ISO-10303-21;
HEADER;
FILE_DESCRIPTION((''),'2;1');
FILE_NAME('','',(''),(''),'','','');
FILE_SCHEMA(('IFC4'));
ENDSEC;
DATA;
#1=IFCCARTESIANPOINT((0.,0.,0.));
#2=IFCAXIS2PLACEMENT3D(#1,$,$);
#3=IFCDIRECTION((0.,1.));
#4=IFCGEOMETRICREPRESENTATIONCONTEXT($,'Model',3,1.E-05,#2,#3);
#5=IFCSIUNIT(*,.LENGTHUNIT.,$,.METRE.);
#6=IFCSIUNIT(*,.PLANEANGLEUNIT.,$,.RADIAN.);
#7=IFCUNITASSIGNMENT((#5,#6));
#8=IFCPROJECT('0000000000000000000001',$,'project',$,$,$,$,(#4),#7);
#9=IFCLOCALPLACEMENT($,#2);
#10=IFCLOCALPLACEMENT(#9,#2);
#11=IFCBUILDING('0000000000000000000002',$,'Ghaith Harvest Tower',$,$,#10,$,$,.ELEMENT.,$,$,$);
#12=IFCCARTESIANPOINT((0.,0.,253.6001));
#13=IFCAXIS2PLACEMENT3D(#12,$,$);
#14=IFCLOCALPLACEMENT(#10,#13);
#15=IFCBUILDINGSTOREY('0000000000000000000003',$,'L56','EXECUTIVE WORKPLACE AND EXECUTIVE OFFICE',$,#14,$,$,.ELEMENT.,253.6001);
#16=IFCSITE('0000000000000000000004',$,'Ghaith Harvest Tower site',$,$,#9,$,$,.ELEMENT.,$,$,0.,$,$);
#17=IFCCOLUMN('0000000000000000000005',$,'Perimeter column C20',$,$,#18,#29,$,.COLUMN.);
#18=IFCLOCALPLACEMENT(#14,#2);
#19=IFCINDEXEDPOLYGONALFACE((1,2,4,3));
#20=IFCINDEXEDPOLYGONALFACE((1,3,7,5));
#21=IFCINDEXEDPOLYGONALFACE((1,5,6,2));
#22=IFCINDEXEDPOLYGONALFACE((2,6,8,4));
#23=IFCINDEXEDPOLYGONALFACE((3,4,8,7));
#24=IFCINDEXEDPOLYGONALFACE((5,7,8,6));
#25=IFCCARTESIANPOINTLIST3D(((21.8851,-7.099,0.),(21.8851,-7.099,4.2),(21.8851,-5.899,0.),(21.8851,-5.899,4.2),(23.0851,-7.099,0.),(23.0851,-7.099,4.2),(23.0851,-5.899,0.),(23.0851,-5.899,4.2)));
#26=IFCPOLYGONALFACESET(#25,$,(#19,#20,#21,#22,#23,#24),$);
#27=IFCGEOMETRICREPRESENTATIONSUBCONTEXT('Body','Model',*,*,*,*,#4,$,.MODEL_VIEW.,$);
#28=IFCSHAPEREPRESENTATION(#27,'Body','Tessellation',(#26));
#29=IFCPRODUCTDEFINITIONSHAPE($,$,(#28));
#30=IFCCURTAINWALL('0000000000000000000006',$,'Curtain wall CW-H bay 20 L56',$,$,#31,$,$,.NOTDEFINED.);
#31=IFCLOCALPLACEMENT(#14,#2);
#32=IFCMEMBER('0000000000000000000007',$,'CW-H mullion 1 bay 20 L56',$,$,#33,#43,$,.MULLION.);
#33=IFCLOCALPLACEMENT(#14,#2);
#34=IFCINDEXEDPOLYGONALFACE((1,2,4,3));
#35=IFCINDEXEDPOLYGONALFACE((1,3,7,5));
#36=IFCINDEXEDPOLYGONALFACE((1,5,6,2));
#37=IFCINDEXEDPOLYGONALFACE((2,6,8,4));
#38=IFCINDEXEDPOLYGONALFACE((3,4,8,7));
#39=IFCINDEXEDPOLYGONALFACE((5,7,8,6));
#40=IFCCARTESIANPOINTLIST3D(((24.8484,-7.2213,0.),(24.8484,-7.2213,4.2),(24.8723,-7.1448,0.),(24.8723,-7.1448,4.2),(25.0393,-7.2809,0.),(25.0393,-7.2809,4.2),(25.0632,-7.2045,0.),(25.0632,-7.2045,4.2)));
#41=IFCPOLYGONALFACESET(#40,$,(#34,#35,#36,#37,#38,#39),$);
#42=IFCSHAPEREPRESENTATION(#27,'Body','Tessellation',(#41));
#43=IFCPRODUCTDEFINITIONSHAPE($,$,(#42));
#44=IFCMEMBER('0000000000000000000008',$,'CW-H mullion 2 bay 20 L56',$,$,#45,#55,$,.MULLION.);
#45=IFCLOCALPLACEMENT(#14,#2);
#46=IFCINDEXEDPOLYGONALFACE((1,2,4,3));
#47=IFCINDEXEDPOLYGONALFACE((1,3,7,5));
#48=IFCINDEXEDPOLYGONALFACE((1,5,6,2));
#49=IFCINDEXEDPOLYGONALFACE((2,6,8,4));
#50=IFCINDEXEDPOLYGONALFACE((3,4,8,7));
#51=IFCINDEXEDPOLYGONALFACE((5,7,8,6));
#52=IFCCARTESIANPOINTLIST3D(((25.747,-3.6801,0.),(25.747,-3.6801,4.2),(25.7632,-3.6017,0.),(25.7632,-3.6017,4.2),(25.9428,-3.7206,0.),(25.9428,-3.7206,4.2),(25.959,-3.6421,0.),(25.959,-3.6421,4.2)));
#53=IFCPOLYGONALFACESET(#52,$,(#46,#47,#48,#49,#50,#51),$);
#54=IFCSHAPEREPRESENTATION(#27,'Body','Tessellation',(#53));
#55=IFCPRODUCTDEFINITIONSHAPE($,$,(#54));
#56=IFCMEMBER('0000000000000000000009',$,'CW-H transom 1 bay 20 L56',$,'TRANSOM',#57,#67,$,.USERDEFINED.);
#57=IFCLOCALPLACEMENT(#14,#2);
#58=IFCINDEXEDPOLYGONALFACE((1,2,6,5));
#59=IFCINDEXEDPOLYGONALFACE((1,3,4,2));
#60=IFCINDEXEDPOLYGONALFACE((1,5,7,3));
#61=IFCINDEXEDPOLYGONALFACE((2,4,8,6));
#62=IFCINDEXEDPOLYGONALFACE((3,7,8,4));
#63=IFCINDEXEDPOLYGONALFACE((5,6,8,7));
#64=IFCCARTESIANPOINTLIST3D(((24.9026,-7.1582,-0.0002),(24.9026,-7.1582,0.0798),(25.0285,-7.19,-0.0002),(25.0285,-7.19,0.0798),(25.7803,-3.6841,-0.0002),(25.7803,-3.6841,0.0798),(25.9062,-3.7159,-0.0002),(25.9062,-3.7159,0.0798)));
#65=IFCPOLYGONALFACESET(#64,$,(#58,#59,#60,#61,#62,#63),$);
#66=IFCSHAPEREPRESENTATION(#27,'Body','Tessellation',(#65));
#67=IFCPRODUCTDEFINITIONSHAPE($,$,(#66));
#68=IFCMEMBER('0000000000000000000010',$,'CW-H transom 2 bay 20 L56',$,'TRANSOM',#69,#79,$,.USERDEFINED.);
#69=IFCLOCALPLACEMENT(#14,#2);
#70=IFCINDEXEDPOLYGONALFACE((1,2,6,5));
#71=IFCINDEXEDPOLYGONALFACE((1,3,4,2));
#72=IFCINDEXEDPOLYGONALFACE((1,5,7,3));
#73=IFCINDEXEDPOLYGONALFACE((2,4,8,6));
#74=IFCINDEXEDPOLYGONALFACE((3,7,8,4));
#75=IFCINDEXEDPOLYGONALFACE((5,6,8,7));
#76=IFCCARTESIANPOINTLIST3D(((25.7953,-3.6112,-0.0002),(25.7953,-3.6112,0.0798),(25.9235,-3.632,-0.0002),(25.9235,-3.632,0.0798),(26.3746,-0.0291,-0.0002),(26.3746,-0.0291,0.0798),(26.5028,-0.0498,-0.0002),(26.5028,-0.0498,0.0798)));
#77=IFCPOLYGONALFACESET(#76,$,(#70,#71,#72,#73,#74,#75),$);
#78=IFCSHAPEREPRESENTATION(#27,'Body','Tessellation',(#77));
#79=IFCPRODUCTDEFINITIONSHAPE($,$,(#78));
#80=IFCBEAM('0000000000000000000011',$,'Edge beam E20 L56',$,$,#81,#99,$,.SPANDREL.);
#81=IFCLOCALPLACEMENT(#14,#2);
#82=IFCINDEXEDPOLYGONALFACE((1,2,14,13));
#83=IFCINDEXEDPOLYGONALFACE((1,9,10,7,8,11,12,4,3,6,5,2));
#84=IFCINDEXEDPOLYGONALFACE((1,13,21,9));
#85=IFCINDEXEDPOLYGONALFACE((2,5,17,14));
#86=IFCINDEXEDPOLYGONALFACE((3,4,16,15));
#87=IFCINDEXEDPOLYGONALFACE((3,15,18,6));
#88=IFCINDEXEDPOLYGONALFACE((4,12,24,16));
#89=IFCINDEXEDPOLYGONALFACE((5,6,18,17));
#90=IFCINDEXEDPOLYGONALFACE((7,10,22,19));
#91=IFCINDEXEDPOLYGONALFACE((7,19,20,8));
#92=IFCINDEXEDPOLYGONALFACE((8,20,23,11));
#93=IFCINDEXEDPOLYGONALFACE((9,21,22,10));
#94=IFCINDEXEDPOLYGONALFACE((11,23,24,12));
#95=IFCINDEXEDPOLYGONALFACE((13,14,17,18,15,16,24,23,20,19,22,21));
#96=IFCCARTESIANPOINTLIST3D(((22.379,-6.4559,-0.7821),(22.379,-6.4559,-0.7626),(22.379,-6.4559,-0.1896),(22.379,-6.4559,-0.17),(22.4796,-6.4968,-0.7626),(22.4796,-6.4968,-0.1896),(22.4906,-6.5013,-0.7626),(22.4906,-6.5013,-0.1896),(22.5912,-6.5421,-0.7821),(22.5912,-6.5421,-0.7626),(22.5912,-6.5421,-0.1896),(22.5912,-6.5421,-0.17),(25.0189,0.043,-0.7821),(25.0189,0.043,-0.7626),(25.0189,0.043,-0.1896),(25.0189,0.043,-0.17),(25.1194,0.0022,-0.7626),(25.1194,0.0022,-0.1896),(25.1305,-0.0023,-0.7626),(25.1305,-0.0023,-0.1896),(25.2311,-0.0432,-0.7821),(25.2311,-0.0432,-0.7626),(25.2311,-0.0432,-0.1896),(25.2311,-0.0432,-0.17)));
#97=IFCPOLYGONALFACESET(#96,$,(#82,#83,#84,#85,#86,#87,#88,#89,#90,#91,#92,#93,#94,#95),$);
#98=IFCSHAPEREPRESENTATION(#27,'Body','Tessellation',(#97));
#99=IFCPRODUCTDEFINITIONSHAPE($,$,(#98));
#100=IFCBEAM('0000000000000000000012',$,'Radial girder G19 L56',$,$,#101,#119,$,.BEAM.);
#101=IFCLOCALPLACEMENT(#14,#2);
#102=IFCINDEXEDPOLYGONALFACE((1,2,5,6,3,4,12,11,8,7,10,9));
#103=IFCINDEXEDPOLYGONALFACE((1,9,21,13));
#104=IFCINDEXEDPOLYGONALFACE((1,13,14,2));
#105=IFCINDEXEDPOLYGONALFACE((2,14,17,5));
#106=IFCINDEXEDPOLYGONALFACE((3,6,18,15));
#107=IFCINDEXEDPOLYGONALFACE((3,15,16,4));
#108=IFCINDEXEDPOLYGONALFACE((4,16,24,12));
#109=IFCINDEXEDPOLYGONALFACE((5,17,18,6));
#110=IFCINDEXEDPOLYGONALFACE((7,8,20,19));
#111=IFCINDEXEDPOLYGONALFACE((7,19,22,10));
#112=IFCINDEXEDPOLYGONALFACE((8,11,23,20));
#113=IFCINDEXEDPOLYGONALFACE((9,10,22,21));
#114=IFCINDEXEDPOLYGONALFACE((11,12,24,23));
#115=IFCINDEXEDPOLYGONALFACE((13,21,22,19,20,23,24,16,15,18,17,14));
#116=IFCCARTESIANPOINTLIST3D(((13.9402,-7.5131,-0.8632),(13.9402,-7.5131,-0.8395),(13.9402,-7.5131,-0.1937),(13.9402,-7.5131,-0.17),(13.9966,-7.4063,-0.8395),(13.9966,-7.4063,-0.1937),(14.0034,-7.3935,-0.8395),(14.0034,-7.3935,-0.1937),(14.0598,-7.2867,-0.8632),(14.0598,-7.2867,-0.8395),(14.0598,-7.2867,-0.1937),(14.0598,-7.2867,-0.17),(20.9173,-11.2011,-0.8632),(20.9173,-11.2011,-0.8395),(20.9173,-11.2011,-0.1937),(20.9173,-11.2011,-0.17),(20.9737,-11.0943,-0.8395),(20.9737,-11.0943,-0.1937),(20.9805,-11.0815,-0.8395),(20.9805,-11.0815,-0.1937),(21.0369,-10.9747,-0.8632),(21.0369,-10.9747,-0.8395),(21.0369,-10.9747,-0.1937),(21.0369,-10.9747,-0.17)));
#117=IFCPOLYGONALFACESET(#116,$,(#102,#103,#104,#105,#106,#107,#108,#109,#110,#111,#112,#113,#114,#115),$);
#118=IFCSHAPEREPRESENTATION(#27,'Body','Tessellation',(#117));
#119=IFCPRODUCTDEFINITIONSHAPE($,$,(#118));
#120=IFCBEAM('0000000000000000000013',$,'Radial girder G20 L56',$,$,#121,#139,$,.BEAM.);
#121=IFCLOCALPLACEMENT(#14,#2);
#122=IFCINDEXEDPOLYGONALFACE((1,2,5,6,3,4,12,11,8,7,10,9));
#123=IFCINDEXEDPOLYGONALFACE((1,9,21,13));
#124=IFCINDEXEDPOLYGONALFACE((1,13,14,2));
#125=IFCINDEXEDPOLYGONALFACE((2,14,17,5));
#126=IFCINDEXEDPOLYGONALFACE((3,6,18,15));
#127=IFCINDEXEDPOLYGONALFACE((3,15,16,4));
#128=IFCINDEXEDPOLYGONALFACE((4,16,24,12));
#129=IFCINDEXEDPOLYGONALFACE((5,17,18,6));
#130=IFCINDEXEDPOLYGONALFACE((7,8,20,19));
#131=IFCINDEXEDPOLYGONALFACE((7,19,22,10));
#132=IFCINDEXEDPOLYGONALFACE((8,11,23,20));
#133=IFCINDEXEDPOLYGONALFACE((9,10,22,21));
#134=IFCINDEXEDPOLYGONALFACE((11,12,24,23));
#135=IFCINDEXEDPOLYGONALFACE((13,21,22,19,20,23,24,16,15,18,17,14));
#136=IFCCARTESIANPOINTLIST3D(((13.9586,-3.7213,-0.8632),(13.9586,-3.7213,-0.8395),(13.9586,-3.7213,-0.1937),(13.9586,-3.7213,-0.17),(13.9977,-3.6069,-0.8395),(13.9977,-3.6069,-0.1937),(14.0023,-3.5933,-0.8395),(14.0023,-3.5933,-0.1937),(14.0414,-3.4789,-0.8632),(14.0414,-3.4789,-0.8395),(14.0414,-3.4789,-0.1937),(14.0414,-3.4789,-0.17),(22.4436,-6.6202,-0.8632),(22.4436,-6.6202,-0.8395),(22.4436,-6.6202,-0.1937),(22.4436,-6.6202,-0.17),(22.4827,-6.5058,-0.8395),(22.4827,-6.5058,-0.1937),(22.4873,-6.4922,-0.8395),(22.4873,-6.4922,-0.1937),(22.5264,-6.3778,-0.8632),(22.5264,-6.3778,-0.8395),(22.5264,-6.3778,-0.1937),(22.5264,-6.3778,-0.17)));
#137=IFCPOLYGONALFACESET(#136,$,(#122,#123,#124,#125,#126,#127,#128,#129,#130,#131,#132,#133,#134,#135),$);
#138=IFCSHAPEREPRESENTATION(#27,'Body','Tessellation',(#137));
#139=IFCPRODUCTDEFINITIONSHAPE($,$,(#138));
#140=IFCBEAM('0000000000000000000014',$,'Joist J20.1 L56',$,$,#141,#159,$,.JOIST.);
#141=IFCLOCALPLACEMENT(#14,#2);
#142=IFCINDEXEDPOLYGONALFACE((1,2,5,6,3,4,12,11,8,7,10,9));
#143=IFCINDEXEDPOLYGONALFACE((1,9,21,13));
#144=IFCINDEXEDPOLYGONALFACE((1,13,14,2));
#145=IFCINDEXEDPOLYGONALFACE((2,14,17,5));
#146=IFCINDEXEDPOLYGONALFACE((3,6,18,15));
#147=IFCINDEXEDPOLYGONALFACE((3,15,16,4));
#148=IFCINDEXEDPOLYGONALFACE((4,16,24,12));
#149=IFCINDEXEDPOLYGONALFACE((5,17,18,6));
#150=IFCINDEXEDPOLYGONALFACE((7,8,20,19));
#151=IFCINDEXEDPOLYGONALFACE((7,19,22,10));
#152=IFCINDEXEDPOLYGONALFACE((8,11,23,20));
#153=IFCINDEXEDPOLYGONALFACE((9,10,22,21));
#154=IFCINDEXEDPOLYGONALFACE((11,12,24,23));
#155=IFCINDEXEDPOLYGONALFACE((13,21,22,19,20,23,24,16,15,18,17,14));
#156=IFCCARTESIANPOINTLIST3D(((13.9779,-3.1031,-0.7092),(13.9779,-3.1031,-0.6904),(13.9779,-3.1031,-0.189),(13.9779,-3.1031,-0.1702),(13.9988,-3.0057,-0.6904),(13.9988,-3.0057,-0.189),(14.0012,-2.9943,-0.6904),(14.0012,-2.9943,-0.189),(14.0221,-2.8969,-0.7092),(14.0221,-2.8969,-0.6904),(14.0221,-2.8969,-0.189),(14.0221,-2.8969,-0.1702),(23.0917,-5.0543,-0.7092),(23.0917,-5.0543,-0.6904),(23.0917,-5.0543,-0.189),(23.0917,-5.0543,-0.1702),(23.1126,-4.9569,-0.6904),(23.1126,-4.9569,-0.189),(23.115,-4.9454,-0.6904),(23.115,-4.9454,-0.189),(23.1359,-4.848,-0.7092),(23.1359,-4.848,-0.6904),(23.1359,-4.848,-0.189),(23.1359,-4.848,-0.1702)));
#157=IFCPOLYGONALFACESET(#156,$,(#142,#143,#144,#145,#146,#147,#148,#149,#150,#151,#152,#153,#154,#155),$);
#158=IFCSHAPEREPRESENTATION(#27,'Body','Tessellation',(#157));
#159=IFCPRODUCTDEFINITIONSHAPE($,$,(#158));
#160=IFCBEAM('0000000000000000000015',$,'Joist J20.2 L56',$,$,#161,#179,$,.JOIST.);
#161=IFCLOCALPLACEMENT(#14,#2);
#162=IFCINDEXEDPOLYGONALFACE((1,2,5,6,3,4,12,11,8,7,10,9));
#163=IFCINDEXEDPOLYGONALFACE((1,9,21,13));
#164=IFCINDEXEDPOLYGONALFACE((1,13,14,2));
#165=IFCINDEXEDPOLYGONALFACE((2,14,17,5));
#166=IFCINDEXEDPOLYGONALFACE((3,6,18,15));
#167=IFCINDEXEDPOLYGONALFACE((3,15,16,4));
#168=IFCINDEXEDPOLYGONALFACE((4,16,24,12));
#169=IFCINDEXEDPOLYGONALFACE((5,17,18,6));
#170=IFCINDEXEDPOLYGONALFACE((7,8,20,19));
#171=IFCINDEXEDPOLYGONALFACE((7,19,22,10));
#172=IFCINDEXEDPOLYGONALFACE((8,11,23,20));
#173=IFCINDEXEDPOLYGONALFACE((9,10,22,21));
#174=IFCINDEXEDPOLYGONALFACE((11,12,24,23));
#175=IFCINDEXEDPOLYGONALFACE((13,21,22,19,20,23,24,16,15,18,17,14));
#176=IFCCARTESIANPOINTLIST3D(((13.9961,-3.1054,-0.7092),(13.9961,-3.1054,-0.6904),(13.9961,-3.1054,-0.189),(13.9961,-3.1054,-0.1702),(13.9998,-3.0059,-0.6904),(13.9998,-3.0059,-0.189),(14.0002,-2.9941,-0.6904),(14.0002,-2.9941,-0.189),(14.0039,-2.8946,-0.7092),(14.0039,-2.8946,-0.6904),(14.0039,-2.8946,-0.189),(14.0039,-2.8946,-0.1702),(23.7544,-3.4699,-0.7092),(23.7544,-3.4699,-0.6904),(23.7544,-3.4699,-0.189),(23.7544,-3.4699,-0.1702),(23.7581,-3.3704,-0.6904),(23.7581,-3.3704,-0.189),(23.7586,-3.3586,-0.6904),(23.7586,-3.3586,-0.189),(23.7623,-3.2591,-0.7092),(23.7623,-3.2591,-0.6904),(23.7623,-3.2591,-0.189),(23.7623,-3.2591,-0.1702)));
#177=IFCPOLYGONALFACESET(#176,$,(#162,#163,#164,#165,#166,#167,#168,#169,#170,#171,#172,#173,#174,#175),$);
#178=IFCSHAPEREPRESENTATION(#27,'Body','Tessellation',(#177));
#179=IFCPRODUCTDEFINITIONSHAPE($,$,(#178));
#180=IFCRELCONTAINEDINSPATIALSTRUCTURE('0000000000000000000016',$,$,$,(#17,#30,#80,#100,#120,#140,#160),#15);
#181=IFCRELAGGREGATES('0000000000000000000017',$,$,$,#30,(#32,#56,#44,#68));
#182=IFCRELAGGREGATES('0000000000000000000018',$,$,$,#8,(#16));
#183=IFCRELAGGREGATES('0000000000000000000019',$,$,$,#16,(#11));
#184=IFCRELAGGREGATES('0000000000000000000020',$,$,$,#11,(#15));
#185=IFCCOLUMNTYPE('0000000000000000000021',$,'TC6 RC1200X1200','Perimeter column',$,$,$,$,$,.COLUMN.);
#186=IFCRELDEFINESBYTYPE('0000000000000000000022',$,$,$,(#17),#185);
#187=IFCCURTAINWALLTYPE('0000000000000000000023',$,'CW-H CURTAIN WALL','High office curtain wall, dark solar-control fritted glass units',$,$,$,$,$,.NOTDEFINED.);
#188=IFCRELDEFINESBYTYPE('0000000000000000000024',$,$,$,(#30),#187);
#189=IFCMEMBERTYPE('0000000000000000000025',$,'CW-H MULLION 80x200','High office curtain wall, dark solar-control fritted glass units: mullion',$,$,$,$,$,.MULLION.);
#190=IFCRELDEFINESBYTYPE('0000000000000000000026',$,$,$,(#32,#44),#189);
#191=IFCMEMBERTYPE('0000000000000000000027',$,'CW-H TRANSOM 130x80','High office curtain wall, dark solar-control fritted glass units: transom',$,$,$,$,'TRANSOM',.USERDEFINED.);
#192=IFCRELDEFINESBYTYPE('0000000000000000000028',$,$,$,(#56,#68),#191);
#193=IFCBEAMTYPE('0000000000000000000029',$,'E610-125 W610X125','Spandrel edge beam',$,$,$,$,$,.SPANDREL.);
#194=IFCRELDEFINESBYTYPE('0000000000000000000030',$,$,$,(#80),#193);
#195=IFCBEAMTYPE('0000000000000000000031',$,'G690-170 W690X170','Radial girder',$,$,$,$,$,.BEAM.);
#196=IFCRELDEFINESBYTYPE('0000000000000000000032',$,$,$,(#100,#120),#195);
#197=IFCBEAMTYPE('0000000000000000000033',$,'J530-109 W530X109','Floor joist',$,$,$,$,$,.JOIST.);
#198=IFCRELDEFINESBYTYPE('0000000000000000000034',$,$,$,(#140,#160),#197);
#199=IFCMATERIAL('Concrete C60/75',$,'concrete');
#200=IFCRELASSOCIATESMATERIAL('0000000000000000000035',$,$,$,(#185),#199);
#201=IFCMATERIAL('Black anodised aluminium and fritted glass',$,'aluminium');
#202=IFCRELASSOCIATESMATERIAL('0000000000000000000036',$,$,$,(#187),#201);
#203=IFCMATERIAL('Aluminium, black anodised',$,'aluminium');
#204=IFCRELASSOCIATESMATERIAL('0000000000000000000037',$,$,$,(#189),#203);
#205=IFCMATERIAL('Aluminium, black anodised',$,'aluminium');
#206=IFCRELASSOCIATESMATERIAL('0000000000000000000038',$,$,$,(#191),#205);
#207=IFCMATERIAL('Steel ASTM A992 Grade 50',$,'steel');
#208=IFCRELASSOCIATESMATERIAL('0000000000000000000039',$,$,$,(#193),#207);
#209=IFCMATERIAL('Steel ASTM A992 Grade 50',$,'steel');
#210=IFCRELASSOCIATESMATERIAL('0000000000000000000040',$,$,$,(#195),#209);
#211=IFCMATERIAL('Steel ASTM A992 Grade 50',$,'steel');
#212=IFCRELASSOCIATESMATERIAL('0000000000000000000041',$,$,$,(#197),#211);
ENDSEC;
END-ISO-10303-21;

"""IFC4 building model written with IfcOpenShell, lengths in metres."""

from ifc_helpers import new_model, si_unit, direction, frame, origin, origin_2d, place, context, subcontext, project, spatial, rectangle, i_section, extrude, material, material_profile, profile_set, type_object, element, aggregate, save


model = new_model("IFC4")

# Units and contexts
model_context = context("Model", 3, precision=1e-05, world=origin(), true_north=direction((0.0, 1.0)))
body_context = subcontext(model_context, "Body", "Model", "MODEL_VIEW")
ifc_project = project(units=[si_unit("LENGTHUNIT", "METRE"), si_unit("PLANEANGLEUNIT", "RADIAN")], contexts=[model_context])

# Site, building, storey
site_placement = place(None, origin())
site = spatial("IfcSite", under=ifc_project, at=site_placement, Name="Ghaith Harvest Tower site", CompositionType="ELEMENT", RefElevation=0.0)
building_placement = place(site_placement, origin())
building = spatial("IfcBuilding", under=site, at=building_placement, Name="Ghaith Harvest Tower", CompositionType="ELEMENT")
storey_placement = place(building_placement, frame((0.0, 0.0, 253.6001)))
storey = spatial("IfcBuildingStorey", under=building, at=storey_placement, Name="L56", Description="EXECUTIVE WORKPLACE AND EXECUTIVE OFFICE", CompositionType="ELEMENT", Elevation=253.6001)

# Column
ifc_material_1 = material(Name="Concrete C60/75", Category="concrete")
ifc_material_profile_1 = material_profile(ifc_material_1, rectangle(XDim=1.2, YDim=1.2, at=origin_2d()), Name="RC1200X1200")
ifc_profile_set_1 = profile_set([ifc_material_profile_1], Name="Concrete C60/75")
column_type = type_object("IfcColumnType", Name="TC6 RC1200X1200", Description="Perimeter column", PredefinedType="COLUMN", material=ifc_profile_set_1)
column_placement = place(storey_placement, frame((22.4851, -6.499, 0.0), z_axis=(0.0, 0.0, 1.0), x_axis=(1.0, 0.0, 0.0)))
element("IfcColumn", 1, at=column_placement, inside=storey, type_object=column_type, Name="Perimeter column C20", PredefinedType="COLUMN", context=body_context, shape_type="SweptSolid", body=[
    extrude(rectangle(XDim=1.2, YDim=1.2, at=origin_2d()), origin(), (0.0, 0.0, 1.0), 4.2),
])

# Curtain wall, members
ifc_material_2 = material(Name="Black anodised aluminium and fritted glass", Category="aluminium")
curtain_wall_type = type_object("IfcCurtainWallType", Name="CW-H CURTAIN WALL", Description="High office curtain wall, dark solar-control fritted glass units", PredefinedType="NOTDEFINED", material=ifc_material_2)
curtain_wall_1_placement = place(storey_placement, origin())
curtain_wall_1 = element("IfcCurtainWall", 2, at=curtain_wall_1_placement, inside=storey, type_object=curtain_wall_type, Name="Curtain wall CW-H bay 20 L56", PredefinedType="NOTDEFINED")
ifc_material_3 = material(Name="Aluminium, black anodised", Category="aluminium")
ifc_material_profile_2 = material_profile(ifc_material_3, rectangle(XDim=0.0801, YDim=0.2, at=origin_2d()), Name="CW-H MULLION 80x200")
ifc_profile_set_2 = profile_set([ifc_material_profile_2], Name="Aluminium, black anodised")
member_type_1 = type_object("IfcMemberType", Name="CW-H MULLION 80x200", Description="High office curtain wall, dark solar-control fritted glass units: mullion", PredefinedType="MULLION", material=ifc_profile_set_2)
member_1_placement = place(storey_placement, frame((24.9558, -7.2129, 0.0), z_axis=(0.0, 0.0, 1.0), x_axis=(0.298442, 0.954428, 0.0)))
member_1 = element("IfcMember", 3, at=member_1_placement, type_object=member_type_1, Name="CW-H mullion 1 bay 20 L56", PredefinedType="MULLION", context=body_context, shape_type="SweptSolid", body=[
    extrude(rectangle(XDim=0.0801, YDim=0.2, at=origin_2d()), origin(), (0.0, 0.0, 1.0), 4.2),
])
member_2_placement = place(storey_placement, frame((25.853, -3.6611, 0.0), z_axis=(0.0, 0.0, 1.0), x_axis=(0.202192, 0.979346, 0.0)))
member_2 = element("IfcMember", 4, at=member_2_placement, type_object=member_type_1, Name="CW-H mullion 2 bay 20 L56", PredefinedType="MULLION", context=body_context, shape_type="SweptSolid", body=[
    extrude(rectangle(XDim=0.0801, YDim=0.2, at=origin_2d()), origin(), (0.0, 0.0, 1.0), 4.2),
])
ifc_material_4 = material(Name="Aluminium, black anodised", Category="aluminium")
ifc_material_profile_3 = material_profile(ifc_material_4, rectangle(XDim=0.1299, YDim=0.0801, at=origin_2d()), Name="CW-H TRANSOM 130x80")
ifc_profile_set_3 = profile_set([ifc_material_profile_3], Name="Aluminium, black anodised")
member_type_2 = type_object("IfcMemberType", Name="CW-H TRANSOM 130x80", Description="High office curtain wall, dark solar-control fritted glass units: transom", ElementType="TRANSOM", PredefinedType="USERDEFINED", material=ifc_profile_set_3)
member_3_placement = place(storey_placement, frame((24.9656, -7.1741, 0.0398), z_axis=(0.24494, 0.969538, 0.0), x_axis=(-0.969538, 0.24494, 0.0)))
member_3 = element("IfcMember", 5, at=member_3_placement, type_object=member_type_2, Name="CW-H transom 1 bay 20 L56", ObjectType="TRANSOM", PredefinedType="USERDEFINED", context=body_context, shape_type="SweptSolid", body=[
    extrude(rectangle(XDim=0.1299, YDim=0.0801, at=origin_2d()), origin(), (0.0, 0.0, 1.0), 3.5833),
])
member_4_placement = place(storey_placement, frame((25.8594, -3.6216, 0.0398), z_axis=(0.159662, 0.987172, 0.0), x_axis=(-0.987172, 0.159662, 0.0)))
member_4 = element("IfcMember", 6, at=member_4_placement, type_object=member_type_2, Name="CW-H transom 2 bay 20 L56", ObjectType="TRANSOM", PredefinedType="USERDEFINED", context=body_context, shape_type="SweptSolid", body=[
    extrude(rectangle(XDim=0.1299, YDim=0.0801, at=origin_2d()), origin(), (0.0, 0.0, 1.0), 3.6287),
])

# Beams
ifc_material_5 = material(Name="Steel ASTM A992 Grade 50", Category="steel")
ifc_material_profile_4 = material_profile(ifc_material_5, i_section(OverallWidth=0.229, OverallDepth=0.6121, WebThickness=0.012, FlangeThickness=0.0195, at=origin_2d()), Name="W610X125")
ifc_profile_set_4 = profile_set([ifc_material_profile_4], Name="Steel ASTM A992 Grade 50")
beam_type_1 = type_object("IfcBeamType", Name="E610-125 W610X125", Description="Spandrel edge beam", PredefinedType="SPANDREL", material=ifc_profile_set_4)
beam_1_placement = place(storey_placement, frame((22.4851, -6.499, -0.4761), z_axis=(0.376336, 0.926483, 0.0), x_axis=(-0.926483, 0.376336, 0.0)))
element("IfcBeam", 7, at=beam_1_placement, inside=storey, type_object=beam_type_1, Name="Edge beam E20 L56", PredefinedType="SPANDREL", context=body_context, shape_type="SweptSolid", body=[
    extrude(i_section(OverallWidth=0.229, OverallDepth=0.6121, WebThickness=0.012, FlangeThickness=0.0195, at=origin_2d()), origin(), (0.0, 0.0, 1.0), 7.0146),
])
ifc_material_6 = material(Name="Steel ASTM A992 Grade 50", Category="steel")
ifc_material_profile_5 = material_profile(ifc_material_6, i_section(OverallWidth=0.2561, OverallDepth=0.6931, WebThickness=0.0144, FlangeThickness=0.0237, at=origin_2d()), Name="W690X170")
ifc_profile_set_5 = profile_set([ifc_material_profile_5], Name="Steel ASTM A992 Grade 50")
beam_type_2 = type_object("IfcBeamType", Name="G690-170 W690X170", Description="Radial girder", PredefinedType="BEAM", material=ifc_profile_set_5)
beam_2_placement = place(storey_placement, frame((14.0, -7.3999, -0.5166), z_axis=(0.884089, -0.467319, 0.0), x_axis=(0.467319, 0.884089, 0.0)))
element("IfcBeam", 8, at=beam_2_placement, inside=storey, type_object=beam_type_2, Name="Radial girder G19 L56", PredefinedType="BEAM", context=body_context, shape_type="SweptSolid", body=[
    extrude(i_section(OverallWidth=0.2561, OverallDepth=0.6931, WebThickness=0.0144, FlangeThickness=0.0237, at=origin_2d()), origin(), (0.0, 0.0, 1.0), 7.8918),
])
beam_3_placement = place(storey_placement, frame((14.0, -3.6001, -0.5166), z_axis=(0.946296, -0.323301, 0.0), x_axis=(0.323301, 0.946296, 0.0)))
element("IfcBeam", 9, at=beam_3_placement, inside=storey, type_object=beam_type_2, Name="Radial girder G20 L56", PredefinedType="BEAM", context=body_context, shape_type="SweptSolid", body=[
    extrude(i_section(OverallWidth=0.2561, OverallDepth=0.6931, WebThickness=0.0144, FlangeThickness=0.0237, at=origin_2d()), origin(), (0.0, 0.0, 1.0), 8.9666),
])
ifc_material_7 = material(Name="Steel ASTM A992 Grade 50", Category="steel")
ifc_material_profile_6 = material_profile(ifc_material_7, i_section(OverallWidth=0.2109, OverallDepth=0.5391, WebThickness=0.0117, FlangeThickness=0.0188, at=origin_2d()), Name="W530X109")
ifc_profile_set_6 = profile_set([ifc_material_profile_6], Name="Steel ASTM A992 Grade 50")
beam_type_3 = type_object("IfcBeamType", Name="J530-109 W530X109", Description="Floor joist", PredefinedType="JOIST", material=ifc_profile_set_6)
beam_4_placement = place(storey_placement, frame((14.0, -3.0, -0.4397), z_axis=(0.977841, -0.209347, 0.0), x_axis=(0.209347, 0.977841, 0.0)))
element("IfcBeam", 10, at=beam_4_placement, inside=storey, type_object=beam_type_3, Name="Joist J20.1 L56", PredefinedType="JOIST", context=body_context, shape_type="SweptSolid", body=[
    extrude(i_section(OverallWidth=0.2109, OverallDepth=0.5391, WebThickness=0.0117, FlangeThickness=0.0188, at=origin_2d()), origin(), (0.0, 0.0, 1.0), 9.3203),
])
beam_5_placement = place(storey_placement, frame((14.0, -3.0, -0.4397), z_axis=(0.999303, -0.037327, 0.0), x_axis=(0.037327, 0.999303, 0.0)))
element("IfcBeam", 11, at=beam_5_placement, inside=storey, type_object=beam_type_3, Name="Joist J20.2 L56", PredefinedType="JOIST", context=body_context, shape_type="SweptSolid", body=[
    extrude(i_section(OverallWidth=0.2109, OverallDepth=0.5391, WebThickness=0.0117, FlangeThickness=0.0188, at=origin_2d()), origin(), (0.0, 0.0, 1.0), 9.7651),
])

aggregate(curtain_wall_1, [member_1, member_3, member_2, member_4])

save(model, "model.ifc")
